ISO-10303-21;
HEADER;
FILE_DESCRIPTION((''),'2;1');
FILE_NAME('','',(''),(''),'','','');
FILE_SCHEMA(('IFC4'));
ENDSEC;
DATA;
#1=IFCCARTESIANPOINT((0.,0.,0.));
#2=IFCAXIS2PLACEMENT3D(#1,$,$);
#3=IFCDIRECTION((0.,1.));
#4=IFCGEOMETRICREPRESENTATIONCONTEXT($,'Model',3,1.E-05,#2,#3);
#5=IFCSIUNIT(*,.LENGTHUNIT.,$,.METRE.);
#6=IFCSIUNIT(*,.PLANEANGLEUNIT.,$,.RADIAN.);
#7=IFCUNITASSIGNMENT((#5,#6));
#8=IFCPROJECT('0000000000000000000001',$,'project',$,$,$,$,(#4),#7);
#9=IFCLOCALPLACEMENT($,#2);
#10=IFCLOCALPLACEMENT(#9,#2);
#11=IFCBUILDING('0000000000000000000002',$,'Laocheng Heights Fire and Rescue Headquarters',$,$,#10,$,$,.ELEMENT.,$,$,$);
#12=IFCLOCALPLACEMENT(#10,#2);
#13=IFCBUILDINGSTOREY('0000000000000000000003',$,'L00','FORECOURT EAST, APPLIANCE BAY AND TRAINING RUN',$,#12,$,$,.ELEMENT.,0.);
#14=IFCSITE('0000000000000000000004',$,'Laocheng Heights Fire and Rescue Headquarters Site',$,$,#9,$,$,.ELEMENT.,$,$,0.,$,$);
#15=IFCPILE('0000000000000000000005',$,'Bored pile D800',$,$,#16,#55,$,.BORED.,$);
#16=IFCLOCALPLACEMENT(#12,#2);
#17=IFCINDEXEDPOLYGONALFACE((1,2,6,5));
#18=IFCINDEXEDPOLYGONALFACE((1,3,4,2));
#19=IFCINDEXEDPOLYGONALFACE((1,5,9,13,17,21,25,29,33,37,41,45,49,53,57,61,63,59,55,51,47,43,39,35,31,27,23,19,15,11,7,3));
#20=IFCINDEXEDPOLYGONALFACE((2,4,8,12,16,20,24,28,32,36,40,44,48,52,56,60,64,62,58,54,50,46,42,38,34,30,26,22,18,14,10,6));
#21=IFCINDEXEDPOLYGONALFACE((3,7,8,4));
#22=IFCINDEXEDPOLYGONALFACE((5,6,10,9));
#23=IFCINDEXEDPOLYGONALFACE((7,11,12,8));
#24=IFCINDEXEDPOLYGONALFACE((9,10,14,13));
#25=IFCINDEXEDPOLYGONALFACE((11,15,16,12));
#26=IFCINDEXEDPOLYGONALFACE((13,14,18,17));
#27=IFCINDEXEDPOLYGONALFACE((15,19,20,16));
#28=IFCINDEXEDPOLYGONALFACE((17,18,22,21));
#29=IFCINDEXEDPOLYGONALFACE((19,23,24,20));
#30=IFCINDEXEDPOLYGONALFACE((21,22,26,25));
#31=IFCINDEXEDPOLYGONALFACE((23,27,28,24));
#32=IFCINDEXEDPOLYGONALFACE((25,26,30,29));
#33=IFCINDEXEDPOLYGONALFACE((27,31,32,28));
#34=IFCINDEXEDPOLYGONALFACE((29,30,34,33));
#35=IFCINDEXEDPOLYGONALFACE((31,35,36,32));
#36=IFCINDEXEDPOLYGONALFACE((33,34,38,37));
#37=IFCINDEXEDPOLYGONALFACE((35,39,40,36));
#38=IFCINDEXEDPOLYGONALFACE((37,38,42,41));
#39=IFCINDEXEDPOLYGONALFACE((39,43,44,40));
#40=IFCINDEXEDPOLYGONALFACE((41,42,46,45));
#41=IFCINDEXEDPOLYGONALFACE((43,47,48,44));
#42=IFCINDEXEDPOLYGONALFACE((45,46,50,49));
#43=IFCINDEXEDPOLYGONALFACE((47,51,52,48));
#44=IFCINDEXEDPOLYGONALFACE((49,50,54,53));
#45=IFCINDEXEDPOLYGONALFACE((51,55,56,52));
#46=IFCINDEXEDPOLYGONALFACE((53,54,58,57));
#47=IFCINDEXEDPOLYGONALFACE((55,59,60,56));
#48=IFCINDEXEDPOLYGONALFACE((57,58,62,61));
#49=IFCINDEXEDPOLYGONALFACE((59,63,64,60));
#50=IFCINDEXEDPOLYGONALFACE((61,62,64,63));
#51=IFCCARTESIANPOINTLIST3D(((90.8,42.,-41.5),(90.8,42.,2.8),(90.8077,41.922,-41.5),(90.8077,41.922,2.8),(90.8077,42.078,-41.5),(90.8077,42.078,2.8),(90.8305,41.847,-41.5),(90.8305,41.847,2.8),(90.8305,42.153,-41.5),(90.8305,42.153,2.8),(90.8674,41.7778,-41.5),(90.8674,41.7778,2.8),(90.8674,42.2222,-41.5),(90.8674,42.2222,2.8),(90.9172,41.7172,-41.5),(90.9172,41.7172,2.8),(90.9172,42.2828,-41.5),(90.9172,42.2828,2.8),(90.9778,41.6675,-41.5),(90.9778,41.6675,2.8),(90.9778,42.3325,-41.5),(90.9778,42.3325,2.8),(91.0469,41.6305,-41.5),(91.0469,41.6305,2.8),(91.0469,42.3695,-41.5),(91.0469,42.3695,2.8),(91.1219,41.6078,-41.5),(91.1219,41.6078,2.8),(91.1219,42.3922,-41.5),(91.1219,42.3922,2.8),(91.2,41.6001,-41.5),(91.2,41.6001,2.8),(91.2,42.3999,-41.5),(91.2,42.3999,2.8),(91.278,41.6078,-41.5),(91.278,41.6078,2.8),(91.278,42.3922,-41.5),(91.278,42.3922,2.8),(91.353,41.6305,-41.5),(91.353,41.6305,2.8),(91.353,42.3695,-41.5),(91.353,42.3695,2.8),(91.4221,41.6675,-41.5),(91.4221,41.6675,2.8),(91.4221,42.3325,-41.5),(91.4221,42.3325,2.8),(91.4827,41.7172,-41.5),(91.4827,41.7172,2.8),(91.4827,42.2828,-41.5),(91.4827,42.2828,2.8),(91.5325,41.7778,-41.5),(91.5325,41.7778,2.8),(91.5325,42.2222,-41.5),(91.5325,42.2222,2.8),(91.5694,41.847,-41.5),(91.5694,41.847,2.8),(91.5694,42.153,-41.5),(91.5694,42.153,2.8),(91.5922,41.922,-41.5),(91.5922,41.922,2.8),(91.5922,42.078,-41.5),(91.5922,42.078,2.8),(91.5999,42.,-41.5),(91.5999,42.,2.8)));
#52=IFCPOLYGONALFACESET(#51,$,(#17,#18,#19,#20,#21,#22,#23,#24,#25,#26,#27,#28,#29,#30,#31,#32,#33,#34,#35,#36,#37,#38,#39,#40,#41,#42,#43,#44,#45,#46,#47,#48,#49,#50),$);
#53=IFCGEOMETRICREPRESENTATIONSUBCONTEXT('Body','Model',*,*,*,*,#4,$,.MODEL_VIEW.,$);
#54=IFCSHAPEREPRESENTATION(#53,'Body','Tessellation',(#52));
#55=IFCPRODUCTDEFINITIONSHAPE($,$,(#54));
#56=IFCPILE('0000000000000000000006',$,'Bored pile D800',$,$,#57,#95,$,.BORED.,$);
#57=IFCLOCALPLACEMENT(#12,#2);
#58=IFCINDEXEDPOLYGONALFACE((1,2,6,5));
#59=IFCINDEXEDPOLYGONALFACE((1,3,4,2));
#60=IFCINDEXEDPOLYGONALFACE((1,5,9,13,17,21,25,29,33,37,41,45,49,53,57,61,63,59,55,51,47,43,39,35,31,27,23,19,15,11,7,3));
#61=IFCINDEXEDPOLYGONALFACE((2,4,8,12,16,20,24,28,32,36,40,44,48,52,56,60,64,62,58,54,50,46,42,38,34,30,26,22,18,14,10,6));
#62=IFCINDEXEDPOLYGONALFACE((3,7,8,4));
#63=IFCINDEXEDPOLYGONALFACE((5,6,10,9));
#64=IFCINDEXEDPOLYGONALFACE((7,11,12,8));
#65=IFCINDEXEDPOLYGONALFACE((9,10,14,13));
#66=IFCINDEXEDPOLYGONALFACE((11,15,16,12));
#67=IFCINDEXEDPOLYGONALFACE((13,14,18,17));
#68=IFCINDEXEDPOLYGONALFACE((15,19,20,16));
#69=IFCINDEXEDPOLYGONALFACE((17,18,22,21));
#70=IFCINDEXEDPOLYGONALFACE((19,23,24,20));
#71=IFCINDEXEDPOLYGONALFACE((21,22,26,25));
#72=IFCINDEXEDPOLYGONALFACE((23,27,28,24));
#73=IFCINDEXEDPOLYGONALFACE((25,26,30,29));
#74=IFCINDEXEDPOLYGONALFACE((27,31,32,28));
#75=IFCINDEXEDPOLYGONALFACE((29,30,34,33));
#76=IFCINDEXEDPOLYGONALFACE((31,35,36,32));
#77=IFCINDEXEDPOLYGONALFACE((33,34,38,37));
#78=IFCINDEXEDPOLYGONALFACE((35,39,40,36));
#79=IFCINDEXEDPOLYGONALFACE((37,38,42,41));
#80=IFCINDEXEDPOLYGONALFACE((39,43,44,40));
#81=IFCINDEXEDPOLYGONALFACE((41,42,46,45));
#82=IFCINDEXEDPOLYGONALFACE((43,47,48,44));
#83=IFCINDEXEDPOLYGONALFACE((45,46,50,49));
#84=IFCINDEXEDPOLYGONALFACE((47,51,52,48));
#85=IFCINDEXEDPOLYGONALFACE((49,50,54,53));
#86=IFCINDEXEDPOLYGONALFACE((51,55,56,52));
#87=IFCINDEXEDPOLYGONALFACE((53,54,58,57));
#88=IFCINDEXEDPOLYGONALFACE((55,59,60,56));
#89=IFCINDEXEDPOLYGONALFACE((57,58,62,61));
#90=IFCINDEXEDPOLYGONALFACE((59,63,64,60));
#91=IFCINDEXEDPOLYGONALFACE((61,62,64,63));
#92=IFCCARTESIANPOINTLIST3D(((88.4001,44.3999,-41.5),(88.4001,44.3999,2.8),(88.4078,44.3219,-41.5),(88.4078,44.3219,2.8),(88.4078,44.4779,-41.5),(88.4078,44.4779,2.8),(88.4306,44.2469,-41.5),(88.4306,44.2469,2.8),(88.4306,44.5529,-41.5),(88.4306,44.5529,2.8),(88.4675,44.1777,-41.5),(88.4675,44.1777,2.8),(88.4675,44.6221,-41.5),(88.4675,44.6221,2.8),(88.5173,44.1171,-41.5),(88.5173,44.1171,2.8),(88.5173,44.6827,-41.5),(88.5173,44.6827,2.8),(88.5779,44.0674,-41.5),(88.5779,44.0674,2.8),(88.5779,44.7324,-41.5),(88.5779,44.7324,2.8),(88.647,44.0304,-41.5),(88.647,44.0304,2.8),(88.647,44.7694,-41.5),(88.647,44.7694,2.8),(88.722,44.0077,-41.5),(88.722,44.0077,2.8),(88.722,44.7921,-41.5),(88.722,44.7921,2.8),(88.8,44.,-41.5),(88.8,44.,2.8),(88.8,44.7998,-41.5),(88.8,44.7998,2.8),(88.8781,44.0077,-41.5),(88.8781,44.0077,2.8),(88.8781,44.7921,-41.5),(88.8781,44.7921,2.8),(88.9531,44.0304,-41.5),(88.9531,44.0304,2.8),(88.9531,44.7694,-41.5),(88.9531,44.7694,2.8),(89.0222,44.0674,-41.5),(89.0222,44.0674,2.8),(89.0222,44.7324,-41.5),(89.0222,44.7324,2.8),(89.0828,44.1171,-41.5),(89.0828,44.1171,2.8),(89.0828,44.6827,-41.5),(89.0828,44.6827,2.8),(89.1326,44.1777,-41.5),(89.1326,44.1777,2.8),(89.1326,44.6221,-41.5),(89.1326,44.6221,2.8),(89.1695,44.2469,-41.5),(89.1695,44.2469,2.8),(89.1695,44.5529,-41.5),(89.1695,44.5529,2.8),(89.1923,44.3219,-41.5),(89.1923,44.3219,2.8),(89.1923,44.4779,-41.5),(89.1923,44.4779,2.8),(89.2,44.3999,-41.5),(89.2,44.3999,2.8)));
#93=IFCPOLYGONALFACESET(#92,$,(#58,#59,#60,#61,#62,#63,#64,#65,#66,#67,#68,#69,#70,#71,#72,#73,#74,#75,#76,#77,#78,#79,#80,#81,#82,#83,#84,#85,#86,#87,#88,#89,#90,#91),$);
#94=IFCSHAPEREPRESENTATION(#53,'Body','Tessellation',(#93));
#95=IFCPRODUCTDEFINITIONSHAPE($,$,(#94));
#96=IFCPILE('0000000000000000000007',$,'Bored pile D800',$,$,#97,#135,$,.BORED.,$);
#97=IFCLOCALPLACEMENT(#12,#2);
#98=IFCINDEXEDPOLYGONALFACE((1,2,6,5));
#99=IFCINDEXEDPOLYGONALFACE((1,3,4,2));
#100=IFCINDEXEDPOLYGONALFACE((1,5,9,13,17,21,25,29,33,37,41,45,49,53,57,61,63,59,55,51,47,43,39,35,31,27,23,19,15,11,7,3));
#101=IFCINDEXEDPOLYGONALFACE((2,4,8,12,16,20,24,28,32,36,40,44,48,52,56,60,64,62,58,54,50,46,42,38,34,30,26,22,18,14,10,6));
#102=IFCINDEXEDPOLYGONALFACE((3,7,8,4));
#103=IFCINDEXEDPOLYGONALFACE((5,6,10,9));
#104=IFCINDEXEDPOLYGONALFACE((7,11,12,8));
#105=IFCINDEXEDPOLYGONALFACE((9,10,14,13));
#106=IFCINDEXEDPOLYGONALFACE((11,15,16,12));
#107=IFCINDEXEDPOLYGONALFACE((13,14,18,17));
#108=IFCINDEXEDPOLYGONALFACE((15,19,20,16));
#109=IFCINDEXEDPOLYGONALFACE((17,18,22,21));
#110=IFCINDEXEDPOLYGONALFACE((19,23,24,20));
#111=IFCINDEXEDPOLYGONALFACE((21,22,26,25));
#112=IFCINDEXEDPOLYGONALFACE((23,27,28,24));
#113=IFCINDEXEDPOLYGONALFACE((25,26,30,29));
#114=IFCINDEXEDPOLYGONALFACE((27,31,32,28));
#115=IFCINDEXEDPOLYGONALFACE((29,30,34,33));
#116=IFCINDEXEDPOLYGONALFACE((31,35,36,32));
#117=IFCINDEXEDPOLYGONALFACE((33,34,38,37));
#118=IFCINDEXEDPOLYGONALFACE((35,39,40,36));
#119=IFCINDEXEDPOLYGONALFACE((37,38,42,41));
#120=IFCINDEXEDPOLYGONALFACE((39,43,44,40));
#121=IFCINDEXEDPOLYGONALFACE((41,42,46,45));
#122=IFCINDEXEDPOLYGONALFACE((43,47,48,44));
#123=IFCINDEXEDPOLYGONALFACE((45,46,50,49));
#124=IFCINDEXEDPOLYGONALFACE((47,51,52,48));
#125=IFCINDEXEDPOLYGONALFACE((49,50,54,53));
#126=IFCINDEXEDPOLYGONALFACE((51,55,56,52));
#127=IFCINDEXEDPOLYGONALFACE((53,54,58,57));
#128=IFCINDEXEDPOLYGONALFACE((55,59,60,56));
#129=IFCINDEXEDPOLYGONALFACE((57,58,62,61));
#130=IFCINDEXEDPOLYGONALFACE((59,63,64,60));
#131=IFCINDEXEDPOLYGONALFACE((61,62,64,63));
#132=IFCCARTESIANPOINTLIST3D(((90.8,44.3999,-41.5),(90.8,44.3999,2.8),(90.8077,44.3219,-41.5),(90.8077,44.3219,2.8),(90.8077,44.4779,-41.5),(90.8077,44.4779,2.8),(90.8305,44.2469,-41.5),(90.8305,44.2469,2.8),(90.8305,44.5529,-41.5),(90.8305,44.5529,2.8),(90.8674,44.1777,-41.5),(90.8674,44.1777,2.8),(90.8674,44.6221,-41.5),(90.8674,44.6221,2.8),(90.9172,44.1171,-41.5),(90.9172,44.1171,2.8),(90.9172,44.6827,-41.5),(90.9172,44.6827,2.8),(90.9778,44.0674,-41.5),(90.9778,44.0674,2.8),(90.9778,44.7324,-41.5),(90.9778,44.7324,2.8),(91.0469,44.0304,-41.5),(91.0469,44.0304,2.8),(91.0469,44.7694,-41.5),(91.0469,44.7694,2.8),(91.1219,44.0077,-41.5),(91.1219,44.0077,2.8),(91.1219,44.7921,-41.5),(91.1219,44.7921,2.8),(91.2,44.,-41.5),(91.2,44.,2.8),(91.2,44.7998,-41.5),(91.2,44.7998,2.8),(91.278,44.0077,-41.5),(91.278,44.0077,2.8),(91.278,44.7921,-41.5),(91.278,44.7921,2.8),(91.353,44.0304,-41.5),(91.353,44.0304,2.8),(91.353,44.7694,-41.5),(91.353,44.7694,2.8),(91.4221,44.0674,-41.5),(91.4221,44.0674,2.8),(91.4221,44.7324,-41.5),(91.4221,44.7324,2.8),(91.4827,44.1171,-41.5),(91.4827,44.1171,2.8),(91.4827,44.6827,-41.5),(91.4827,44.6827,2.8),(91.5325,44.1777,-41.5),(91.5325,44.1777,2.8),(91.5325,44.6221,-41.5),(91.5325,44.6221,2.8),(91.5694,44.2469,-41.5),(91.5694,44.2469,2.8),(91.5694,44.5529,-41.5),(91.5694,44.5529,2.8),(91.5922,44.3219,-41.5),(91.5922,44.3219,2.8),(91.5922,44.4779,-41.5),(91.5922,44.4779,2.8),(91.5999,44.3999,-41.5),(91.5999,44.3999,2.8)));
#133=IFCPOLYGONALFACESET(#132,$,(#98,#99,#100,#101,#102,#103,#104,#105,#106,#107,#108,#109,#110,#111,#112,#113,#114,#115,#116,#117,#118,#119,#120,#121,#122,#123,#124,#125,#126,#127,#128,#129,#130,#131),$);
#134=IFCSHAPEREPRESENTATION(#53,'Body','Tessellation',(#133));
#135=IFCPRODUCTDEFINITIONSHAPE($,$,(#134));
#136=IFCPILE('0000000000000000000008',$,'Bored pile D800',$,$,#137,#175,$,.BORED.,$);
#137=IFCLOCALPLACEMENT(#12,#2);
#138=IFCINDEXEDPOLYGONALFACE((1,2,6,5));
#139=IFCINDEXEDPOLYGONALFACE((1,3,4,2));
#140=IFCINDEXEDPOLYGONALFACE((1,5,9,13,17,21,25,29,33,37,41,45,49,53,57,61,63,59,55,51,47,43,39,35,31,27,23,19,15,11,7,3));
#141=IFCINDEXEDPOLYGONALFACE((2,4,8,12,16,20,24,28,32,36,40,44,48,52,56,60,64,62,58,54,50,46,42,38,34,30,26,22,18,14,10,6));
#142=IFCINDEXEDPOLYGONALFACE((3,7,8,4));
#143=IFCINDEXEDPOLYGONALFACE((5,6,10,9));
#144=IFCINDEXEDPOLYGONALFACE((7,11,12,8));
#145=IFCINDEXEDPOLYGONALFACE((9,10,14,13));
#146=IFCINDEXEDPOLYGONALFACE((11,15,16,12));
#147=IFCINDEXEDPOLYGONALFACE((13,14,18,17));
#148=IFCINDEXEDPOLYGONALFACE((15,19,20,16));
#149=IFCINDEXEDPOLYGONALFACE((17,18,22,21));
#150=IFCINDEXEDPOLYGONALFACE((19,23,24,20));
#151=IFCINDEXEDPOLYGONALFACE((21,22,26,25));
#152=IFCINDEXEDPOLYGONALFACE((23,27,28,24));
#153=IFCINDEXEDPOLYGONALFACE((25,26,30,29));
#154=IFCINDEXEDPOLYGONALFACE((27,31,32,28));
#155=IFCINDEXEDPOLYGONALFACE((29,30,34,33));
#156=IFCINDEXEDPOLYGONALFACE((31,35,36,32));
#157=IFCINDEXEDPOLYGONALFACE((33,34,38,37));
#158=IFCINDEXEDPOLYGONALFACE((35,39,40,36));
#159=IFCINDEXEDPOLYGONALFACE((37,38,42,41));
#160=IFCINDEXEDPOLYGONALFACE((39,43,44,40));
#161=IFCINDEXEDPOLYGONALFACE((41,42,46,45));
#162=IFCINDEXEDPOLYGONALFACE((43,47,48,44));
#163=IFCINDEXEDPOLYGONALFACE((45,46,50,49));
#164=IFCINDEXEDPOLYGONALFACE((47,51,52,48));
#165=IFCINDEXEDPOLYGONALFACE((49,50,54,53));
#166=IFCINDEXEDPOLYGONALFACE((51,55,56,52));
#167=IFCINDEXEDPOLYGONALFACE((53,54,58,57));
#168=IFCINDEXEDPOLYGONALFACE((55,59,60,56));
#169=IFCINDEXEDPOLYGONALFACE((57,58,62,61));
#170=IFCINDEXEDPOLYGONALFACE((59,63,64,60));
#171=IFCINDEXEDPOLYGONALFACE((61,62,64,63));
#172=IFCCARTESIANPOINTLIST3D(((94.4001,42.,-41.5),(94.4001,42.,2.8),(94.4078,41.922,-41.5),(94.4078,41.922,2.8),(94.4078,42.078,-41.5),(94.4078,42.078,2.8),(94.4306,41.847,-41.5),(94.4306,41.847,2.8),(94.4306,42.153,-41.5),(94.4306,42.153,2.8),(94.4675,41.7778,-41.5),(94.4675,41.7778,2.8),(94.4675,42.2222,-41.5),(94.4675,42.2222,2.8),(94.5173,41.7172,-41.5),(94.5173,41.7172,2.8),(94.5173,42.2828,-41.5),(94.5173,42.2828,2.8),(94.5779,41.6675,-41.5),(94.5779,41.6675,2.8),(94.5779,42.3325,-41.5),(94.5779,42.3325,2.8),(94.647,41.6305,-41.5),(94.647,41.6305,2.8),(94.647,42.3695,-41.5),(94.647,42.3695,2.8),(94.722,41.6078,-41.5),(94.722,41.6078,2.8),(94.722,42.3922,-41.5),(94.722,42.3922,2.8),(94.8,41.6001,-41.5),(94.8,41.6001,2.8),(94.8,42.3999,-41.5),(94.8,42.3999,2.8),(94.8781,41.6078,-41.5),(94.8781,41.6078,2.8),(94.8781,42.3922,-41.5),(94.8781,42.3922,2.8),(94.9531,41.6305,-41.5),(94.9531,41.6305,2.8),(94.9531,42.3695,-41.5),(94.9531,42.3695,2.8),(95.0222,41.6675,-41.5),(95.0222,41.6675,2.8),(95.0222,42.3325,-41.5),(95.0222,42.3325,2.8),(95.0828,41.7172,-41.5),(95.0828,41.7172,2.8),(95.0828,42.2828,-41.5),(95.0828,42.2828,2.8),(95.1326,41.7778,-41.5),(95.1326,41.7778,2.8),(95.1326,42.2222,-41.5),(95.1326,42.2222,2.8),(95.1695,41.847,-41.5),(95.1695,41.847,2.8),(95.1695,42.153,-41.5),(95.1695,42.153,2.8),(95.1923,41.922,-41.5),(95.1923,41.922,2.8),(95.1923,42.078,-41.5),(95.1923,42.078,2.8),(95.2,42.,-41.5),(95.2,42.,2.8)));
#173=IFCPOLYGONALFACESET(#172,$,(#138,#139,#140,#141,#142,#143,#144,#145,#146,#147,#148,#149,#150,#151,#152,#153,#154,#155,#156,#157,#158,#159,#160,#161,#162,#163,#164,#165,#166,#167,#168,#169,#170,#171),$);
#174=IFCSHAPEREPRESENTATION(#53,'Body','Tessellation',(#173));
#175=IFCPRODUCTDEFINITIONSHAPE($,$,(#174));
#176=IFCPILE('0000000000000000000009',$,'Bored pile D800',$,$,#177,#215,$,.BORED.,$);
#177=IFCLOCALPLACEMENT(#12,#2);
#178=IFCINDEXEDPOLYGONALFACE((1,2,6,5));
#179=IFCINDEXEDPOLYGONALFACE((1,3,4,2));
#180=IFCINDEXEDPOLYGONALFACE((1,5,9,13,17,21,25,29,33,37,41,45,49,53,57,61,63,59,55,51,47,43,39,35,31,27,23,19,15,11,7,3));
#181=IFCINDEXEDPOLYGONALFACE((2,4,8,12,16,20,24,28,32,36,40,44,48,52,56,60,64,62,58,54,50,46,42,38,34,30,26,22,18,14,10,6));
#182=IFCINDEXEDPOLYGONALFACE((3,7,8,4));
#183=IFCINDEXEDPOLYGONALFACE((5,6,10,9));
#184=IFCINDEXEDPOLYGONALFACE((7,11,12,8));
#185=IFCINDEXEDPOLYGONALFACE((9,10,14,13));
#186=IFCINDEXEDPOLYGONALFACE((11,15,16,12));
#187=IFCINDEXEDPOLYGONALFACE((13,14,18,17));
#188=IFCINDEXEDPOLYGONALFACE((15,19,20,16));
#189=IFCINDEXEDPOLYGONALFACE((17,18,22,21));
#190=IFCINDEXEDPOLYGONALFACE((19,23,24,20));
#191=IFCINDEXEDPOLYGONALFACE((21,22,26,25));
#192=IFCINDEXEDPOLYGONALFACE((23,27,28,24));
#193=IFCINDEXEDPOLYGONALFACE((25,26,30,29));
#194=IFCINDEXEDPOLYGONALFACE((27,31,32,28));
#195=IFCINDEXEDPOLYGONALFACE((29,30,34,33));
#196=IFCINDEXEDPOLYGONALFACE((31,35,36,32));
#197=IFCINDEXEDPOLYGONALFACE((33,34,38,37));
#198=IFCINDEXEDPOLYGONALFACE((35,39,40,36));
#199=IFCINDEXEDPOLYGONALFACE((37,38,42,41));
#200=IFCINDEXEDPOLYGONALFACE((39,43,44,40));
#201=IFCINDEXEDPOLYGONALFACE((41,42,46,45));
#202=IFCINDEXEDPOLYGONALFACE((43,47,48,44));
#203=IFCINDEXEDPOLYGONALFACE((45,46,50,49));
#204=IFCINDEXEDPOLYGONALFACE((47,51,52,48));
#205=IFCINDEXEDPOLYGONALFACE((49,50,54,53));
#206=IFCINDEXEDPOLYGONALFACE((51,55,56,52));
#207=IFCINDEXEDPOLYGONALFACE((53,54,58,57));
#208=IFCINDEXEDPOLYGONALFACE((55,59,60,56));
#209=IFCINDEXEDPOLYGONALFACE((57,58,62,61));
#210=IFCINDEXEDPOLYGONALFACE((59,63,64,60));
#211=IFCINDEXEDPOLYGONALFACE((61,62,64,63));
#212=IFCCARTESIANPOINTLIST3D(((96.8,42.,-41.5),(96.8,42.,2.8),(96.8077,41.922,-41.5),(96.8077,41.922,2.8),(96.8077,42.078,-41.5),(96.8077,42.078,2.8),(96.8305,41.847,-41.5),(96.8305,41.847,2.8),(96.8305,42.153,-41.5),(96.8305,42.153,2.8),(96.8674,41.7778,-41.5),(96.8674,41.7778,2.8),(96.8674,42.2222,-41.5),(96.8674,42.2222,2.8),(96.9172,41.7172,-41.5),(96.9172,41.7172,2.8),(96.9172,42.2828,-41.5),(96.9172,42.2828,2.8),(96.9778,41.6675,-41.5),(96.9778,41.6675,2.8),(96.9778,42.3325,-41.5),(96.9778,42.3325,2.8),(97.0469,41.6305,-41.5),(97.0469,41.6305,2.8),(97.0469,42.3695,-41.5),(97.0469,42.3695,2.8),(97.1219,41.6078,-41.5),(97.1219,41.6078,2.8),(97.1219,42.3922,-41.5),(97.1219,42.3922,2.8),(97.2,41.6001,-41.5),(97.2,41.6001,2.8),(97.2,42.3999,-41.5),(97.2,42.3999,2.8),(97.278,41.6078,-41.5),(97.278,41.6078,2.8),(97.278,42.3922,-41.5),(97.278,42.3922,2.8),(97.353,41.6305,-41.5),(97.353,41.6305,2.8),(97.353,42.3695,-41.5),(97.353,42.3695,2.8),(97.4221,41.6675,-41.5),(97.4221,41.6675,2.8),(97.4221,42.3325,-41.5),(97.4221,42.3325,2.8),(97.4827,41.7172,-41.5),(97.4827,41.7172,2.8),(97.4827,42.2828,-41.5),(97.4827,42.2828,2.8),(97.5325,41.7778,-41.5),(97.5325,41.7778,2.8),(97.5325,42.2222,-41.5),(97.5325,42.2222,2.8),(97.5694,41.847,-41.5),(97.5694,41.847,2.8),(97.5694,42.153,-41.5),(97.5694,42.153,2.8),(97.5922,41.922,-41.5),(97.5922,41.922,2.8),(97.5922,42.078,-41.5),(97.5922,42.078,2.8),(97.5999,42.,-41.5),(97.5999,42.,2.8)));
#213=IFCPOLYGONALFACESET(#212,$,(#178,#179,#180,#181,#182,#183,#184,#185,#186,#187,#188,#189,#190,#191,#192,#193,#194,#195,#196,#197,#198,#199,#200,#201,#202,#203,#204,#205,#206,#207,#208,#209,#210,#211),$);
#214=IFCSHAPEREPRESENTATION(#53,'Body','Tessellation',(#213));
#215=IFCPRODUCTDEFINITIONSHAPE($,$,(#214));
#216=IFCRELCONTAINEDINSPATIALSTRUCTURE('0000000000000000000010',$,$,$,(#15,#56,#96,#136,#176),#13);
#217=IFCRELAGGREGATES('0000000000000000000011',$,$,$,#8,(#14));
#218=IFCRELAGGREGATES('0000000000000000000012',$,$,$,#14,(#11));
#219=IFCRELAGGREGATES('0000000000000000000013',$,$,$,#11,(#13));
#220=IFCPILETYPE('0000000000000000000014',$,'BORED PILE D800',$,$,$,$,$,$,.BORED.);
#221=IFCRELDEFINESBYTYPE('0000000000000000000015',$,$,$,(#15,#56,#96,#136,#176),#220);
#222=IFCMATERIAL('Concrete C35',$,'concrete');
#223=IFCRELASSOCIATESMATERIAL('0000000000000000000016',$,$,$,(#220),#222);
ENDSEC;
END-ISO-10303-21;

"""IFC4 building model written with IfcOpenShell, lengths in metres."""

from ifc_helpers import new_model, si_unit, direction, frame, origin, origin_2d, place, context, subcontext, project, spatial, circle, extrude, material, material_profile, profile_set, type_object, element, save


model = new_model("IFC4")

# Units and contexts
model_context = context("Model", 3, precision=1e-05, world=origin(), true_north=direction((0.0, 1.0)))
body_context = subcontext(model_context, "Body", "Model", "MODEL_VIEW")
ifc_project = project(units=[si_unit("LENGTHUNIT", "METRE"), si_unit("PLANEANGLEUNIT", "RADIAN")], contexts=[model_context])

# Site, building, storey
site_placement = place(None, origin())
site = spatial("IfcSite", under=ifc_project, at=site_placement, Name="Laocheng Heights Fire and Rescue Headquarters Site", CompositionType="ELEMENT", RefElevation=0.0)
building_placement = place(site_placement, origin())
building = spatial("IfcBuilding", under=site, at=building_placement, Name="Laocheng Heights Fire and Rescue Headquarters", CompositionType="ELEMENT")
storey_placement = place(building_placement, origin())
storey = spatial("IfcBuildingStorey", under=building, at=storey_placement, Name="L00", Description="FORECOURT EAST, APPLIANCE BAY AND TRAINING RUN", CompositionType="ELEMENT", Elevation=0.0)

# Piles
ifc_material_1 = material(Name="Concrete C35", Category="concrete")
ifc_material_profile_1 = material_profile(ifc_material_1, circle(Radius=0.3999, at=origin_2d()), Name="BORED PILE D800")
ifc_profile_set_1 = profile_set([ifc_material_profile_1], Name="Concrete C35")
pile_type_1 = type_object("IfcPileType", Name="BORED PILE D800", PredefinedType="BORED", material=ifc_profile_set_1)
for number, where, z_axis, x_axis, name in (
    (1, (91.2, 42.0, 2.8), (0.0, 0.0, -1.0), (1.0, 0.0, 0.0), "Bored pile D800"),
    (2, (88.8, 44.3999, 2.8), (0.0, 0.0, -1.0), (1.0, 0.0, 0.0), "Bored pile D800"),
    (3, (91.2, 44.3999, 2.8), (0.0, 0.0, -1.0), (1.0, 0.0, 0.0), "Bored pile D800"),
    (4, (94.8, 42.0, 2.8), (0.0, 0.0, -1.0), (1.0, 0.0, 0.0), "Bored pile D800"),
    (5, (97.2, 42.0, 2.8), (0.0, 0.0, -1.0), (1.0, 0.0, 0.0), "Bored pile D800"),
):
    element("IfcPile", number, at=place(storey_placement, frame(where, z_axis=z_axis, x_axis=x_axis)), inside=storey, type_object=pile_type_1, Name=name, PredefinedType="BORED", context=body_context, shape_type="SweptSolid", body=[
        extrude(circle(Radius=0.3999, at=origin_2d()), origin(), (0.0, 0.0, 1.0), 44.3),
    ])

save(model, "model.ifc")
